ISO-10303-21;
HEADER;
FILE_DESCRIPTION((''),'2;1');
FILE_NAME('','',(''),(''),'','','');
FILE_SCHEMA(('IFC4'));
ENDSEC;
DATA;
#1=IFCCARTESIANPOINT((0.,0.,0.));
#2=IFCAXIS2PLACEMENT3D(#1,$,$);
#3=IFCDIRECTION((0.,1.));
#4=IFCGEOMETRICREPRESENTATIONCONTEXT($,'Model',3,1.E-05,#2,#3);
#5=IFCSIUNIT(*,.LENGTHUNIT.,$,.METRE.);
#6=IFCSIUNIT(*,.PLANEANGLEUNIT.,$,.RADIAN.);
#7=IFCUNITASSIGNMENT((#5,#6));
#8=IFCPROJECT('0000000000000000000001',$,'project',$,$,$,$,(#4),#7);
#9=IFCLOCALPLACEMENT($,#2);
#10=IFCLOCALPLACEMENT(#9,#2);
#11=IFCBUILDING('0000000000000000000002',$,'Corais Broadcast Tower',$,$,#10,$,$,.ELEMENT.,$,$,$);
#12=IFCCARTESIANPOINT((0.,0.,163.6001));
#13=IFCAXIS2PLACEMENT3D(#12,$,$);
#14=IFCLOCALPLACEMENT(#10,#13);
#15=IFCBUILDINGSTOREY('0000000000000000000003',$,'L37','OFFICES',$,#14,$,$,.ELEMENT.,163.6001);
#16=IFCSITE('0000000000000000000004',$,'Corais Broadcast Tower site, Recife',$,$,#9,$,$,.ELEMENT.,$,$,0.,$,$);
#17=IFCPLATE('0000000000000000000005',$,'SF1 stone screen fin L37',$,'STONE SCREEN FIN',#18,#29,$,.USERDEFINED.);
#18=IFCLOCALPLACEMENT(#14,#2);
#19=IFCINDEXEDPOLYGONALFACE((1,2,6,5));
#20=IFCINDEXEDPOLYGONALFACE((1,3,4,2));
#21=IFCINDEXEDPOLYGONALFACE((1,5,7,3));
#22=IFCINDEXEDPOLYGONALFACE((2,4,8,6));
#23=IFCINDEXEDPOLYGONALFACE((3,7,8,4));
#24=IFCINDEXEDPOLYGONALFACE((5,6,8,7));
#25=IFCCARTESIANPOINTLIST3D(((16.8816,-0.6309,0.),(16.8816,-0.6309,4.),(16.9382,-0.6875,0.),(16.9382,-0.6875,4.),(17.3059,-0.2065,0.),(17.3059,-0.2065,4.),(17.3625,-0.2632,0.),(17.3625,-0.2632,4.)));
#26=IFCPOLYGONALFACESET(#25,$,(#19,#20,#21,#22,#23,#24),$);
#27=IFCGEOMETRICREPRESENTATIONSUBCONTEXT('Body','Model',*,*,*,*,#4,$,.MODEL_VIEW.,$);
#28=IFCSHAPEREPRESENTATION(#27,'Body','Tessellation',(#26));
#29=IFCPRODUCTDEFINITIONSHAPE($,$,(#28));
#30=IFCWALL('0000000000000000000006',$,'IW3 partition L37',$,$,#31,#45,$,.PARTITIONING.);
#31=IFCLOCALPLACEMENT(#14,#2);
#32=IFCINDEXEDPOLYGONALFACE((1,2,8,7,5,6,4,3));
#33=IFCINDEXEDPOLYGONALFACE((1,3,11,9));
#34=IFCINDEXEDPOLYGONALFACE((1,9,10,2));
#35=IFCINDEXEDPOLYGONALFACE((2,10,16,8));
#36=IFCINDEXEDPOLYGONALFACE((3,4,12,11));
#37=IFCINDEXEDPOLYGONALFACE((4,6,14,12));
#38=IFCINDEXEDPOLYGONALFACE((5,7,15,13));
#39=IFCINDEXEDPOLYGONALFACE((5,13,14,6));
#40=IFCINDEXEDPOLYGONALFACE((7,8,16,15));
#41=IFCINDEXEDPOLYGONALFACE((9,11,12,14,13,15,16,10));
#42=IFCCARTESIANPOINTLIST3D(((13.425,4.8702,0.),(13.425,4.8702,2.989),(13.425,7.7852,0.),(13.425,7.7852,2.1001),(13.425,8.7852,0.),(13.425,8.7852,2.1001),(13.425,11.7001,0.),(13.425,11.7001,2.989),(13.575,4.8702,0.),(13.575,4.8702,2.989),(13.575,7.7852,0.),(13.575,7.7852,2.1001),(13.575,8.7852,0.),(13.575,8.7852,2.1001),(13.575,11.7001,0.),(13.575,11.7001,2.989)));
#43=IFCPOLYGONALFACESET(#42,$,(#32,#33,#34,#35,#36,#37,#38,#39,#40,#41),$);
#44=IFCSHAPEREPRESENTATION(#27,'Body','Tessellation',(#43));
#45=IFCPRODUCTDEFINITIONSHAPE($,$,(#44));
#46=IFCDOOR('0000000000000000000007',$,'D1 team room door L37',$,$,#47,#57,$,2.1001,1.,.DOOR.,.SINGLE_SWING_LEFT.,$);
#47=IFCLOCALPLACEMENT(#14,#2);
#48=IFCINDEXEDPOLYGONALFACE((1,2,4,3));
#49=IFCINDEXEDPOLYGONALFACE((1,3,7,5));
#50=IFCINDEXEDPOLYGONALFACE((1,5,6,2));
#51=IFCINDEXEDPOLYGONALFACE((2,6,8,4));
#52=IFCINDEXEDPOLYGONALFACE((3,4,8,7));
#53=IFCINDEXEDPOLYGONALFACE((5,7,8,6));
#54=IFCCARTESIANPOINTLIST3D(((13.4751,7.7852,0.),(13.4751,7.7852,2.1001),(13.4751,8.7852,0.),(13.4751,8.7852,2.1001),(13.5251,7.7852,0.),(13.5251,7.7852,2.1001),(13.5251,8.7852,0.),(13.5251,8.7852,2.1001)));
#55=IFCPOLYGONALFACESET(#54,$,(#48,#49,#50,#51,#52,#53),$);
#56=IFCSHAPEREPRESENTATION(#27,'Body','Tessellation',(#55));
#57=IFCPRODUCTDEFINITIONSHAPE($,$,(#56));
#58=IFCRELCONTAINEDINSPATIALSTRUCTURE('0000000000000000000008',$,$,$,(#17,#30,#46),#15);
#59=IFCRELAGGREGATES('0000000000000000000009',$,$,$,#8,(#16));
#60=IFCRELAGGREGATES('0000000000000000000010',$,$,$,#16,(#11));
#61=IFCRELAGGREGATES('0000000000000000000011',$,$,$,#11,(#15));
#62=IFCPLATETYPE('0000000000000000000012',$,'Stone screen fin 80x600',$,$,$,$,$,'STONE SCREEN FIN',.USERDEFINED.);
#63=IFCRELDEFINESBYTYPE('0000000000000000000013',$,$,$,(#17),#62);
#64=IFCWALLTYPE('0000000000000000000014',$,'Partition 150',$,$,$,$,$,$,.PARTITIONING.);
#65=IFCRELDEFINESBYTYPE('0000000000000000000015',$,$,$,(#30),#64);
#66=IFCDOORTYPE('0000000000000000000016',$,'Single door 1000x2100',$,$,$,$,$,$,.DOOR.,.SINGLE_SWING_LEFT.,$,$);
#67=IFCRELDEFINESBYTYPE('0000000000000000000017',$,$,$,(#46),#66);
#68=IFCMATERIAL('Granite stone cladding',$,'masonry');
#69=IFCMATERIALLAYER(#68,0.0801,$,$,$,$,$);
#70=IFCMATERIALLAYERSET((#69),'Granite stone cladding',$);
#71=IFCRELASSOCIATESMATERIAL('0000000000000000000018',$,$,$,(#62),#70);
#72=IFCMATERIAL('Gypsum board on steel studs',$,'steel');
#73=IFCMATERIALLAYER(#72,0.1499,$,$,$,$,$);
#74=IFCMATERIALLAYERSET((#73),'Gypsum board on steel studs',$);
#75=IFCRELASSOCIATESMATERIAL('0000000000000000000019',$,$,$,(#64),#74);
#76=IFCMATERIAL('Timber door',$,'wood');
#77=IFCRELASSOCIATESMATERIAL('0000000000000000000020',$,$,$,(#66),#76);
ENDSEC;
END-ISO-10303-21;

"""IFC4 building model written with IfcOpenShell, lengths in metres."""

from ifc_helpers import new_model, si_unit, direction, frame, frame_2d, origin, origin_2d, place, context, subcontext, project, spatial, rectangle, extrude, material, layer, layer_set, type_object, element, fill, save


model = new_model("IFC4")

# Units and contexts
model_context = context("Model", 3, precision=1e-05, world=origin(), true_north=direction((0.0, 1.0)))
body_context = subcontext(model_context, "Body", "Model", "MODEL_VIEW")
ifc_project = project(units=[si_unit("LENGTHUNIT", "METRE"), si_unit("PLANEANGLEUNIT", "RADIAN")], contexts=[model_context])

# Site, building, storey
site_placement = place(None, origin())
site = spatial("IfcSite", under=ifc_project, at=site_placement, Name="Corais Broadcast Tower site, Recife", CompositionType="ELEMENT", RefElevation=0.0)
building_placement = place(site_placement, origin())
building = spatial("IfcBuilding", under=site, at=building_placement, Name="Corais Broadcast Tower", CompositionType="ELEMENT")
storey_placement = place(building_placement, frame((0.0, 0.0, 163.6001)))
storey = spatial("IfcBuildingStorey", under=building, at=storey_placement, Name="L37", Description="OFFICES", CompositionType="ELEMENT", Elevation=163.6001)

# Plate
ifc_material_1 = material(Name="Granite stone cladding", Category="masonry")
ifc_layer_1 = layer(ifc_material_1, 0.0801)
ifc_layer_set_1 = layer_set([ifc_layer_1], Name="Granite stone cladding")
plate_type_1 = type_object("IfcPlateType", Name="Stone screen fin 80x600", ElementType="STONE SCREEN FIN", PredefinedType="USERDEFINED", material=ifc_layer_set_1)
plate_1_placement = place(storey_placement, frame((17.1221, -0.447, 0.0), z_axis=(0.0, 0.0, 1.0), x_axis=(-0.707107, 0.707107, 0.0)))
element("IfcPlate", 1, at=plate_1_placement, inside=storey, type_object=plate_type_1, Name="SF1 stone screen fin L37", ObjectType="STONE SCREEN FIN", PredefinedType="USERDEFINED", context=body_context, shape_type="SweptSolid", body=[
    extrude(rectangle(XDim=0.0801, YDim=0.6001, at=origin_2d()), origin(), (0.0, 0.0, 1.0), 4.0),
])

# Wall, opening, door
ifc_material_2 = material(Name="Gypsum board on steel studs", Category="steel")
ifc_layer_2 = layer(ifc_material_2, 0.1499)
ifc_layer_set_2 = layer_set([ifc_layer_2], Name="Gypsum board on steel studs")
wall_type = type_object("IfcWallType", Name="Partition 150", PredefinedType="PARTITIONING", material=ifc_layer_set_2)
wall_placement = place(storey_placement, frame((13.5, 4.8701, 0.0), z_axis=(0.0, 0.0, 1.0), x_axis=(0.0, 1.0, 0.0)))
wall = element("IfcWall", 2, at=wall_placement, inside=storey, type_object=wall_type, Name="IW3 partition L37", PredefinedType="PARTITIONING", context=body_context, shape_type="SweptSolid", body=[
    extrude(rectangle(XDim=6.8298, YDim=0.1499, at=frame_2d((3.415, 0.0))), origin(), (0.0, 0.0, 1.0), 2.989),
])
opening_placement = place(wall_placement, frame((2.915, 0.0, 0.0)))
opening = element("IfcOpeningElement", 3, at=opening_placement, cuts=wall, PredefinedType="OPENING", context=body_context, shape_type="SweptSolid", body=[
    extrude(rectangle(XDim=1.0, YDim=2.1001, at=frame_2d((0.5, 1.05))), frame((0.0, 0.085, 0.0), z_axis=(0.0, -1.0, 0.0), x_axis=(1.0, 0.0, 0.0)), (0.0, 0.0, 1.0), 0.1699),
])
ifc_material_3 = material(Name="Timber door", Category="wood")
door_type = type_object("IfcDoorType", Name="Single door 1000x2100", OperationType="SINGLE_SWING_LEFT", PredefinedType="DOOR", material=ifc_material_3)
door_placement = place(opening_placement, origin())
door = element("IfcDoor", 4, at=door_placement, inside=storey, type_object=door_type, Name="D1 team room door L37", OperationType="SINGLE_SWING_LEFT", OverallHeight=2.1001, OverallWidth=1.0, PredefinedType="DOOR", context=body_context, shape_type="SweptSolid", body=[
    extrude(rectangle(XDim=1.0, YDim=2.1001, at=frame_2d((0.5, 1.05))), frame((0.0, 0.0249, 0.0), z_axis=(0.0, -1.0, 0.0), x_axis=(1.0, 0.0, 0.0)), (0.0, 0.0, 1.0), 0.05),
])
fill(opening, door)

save(model, "model.ifc")
